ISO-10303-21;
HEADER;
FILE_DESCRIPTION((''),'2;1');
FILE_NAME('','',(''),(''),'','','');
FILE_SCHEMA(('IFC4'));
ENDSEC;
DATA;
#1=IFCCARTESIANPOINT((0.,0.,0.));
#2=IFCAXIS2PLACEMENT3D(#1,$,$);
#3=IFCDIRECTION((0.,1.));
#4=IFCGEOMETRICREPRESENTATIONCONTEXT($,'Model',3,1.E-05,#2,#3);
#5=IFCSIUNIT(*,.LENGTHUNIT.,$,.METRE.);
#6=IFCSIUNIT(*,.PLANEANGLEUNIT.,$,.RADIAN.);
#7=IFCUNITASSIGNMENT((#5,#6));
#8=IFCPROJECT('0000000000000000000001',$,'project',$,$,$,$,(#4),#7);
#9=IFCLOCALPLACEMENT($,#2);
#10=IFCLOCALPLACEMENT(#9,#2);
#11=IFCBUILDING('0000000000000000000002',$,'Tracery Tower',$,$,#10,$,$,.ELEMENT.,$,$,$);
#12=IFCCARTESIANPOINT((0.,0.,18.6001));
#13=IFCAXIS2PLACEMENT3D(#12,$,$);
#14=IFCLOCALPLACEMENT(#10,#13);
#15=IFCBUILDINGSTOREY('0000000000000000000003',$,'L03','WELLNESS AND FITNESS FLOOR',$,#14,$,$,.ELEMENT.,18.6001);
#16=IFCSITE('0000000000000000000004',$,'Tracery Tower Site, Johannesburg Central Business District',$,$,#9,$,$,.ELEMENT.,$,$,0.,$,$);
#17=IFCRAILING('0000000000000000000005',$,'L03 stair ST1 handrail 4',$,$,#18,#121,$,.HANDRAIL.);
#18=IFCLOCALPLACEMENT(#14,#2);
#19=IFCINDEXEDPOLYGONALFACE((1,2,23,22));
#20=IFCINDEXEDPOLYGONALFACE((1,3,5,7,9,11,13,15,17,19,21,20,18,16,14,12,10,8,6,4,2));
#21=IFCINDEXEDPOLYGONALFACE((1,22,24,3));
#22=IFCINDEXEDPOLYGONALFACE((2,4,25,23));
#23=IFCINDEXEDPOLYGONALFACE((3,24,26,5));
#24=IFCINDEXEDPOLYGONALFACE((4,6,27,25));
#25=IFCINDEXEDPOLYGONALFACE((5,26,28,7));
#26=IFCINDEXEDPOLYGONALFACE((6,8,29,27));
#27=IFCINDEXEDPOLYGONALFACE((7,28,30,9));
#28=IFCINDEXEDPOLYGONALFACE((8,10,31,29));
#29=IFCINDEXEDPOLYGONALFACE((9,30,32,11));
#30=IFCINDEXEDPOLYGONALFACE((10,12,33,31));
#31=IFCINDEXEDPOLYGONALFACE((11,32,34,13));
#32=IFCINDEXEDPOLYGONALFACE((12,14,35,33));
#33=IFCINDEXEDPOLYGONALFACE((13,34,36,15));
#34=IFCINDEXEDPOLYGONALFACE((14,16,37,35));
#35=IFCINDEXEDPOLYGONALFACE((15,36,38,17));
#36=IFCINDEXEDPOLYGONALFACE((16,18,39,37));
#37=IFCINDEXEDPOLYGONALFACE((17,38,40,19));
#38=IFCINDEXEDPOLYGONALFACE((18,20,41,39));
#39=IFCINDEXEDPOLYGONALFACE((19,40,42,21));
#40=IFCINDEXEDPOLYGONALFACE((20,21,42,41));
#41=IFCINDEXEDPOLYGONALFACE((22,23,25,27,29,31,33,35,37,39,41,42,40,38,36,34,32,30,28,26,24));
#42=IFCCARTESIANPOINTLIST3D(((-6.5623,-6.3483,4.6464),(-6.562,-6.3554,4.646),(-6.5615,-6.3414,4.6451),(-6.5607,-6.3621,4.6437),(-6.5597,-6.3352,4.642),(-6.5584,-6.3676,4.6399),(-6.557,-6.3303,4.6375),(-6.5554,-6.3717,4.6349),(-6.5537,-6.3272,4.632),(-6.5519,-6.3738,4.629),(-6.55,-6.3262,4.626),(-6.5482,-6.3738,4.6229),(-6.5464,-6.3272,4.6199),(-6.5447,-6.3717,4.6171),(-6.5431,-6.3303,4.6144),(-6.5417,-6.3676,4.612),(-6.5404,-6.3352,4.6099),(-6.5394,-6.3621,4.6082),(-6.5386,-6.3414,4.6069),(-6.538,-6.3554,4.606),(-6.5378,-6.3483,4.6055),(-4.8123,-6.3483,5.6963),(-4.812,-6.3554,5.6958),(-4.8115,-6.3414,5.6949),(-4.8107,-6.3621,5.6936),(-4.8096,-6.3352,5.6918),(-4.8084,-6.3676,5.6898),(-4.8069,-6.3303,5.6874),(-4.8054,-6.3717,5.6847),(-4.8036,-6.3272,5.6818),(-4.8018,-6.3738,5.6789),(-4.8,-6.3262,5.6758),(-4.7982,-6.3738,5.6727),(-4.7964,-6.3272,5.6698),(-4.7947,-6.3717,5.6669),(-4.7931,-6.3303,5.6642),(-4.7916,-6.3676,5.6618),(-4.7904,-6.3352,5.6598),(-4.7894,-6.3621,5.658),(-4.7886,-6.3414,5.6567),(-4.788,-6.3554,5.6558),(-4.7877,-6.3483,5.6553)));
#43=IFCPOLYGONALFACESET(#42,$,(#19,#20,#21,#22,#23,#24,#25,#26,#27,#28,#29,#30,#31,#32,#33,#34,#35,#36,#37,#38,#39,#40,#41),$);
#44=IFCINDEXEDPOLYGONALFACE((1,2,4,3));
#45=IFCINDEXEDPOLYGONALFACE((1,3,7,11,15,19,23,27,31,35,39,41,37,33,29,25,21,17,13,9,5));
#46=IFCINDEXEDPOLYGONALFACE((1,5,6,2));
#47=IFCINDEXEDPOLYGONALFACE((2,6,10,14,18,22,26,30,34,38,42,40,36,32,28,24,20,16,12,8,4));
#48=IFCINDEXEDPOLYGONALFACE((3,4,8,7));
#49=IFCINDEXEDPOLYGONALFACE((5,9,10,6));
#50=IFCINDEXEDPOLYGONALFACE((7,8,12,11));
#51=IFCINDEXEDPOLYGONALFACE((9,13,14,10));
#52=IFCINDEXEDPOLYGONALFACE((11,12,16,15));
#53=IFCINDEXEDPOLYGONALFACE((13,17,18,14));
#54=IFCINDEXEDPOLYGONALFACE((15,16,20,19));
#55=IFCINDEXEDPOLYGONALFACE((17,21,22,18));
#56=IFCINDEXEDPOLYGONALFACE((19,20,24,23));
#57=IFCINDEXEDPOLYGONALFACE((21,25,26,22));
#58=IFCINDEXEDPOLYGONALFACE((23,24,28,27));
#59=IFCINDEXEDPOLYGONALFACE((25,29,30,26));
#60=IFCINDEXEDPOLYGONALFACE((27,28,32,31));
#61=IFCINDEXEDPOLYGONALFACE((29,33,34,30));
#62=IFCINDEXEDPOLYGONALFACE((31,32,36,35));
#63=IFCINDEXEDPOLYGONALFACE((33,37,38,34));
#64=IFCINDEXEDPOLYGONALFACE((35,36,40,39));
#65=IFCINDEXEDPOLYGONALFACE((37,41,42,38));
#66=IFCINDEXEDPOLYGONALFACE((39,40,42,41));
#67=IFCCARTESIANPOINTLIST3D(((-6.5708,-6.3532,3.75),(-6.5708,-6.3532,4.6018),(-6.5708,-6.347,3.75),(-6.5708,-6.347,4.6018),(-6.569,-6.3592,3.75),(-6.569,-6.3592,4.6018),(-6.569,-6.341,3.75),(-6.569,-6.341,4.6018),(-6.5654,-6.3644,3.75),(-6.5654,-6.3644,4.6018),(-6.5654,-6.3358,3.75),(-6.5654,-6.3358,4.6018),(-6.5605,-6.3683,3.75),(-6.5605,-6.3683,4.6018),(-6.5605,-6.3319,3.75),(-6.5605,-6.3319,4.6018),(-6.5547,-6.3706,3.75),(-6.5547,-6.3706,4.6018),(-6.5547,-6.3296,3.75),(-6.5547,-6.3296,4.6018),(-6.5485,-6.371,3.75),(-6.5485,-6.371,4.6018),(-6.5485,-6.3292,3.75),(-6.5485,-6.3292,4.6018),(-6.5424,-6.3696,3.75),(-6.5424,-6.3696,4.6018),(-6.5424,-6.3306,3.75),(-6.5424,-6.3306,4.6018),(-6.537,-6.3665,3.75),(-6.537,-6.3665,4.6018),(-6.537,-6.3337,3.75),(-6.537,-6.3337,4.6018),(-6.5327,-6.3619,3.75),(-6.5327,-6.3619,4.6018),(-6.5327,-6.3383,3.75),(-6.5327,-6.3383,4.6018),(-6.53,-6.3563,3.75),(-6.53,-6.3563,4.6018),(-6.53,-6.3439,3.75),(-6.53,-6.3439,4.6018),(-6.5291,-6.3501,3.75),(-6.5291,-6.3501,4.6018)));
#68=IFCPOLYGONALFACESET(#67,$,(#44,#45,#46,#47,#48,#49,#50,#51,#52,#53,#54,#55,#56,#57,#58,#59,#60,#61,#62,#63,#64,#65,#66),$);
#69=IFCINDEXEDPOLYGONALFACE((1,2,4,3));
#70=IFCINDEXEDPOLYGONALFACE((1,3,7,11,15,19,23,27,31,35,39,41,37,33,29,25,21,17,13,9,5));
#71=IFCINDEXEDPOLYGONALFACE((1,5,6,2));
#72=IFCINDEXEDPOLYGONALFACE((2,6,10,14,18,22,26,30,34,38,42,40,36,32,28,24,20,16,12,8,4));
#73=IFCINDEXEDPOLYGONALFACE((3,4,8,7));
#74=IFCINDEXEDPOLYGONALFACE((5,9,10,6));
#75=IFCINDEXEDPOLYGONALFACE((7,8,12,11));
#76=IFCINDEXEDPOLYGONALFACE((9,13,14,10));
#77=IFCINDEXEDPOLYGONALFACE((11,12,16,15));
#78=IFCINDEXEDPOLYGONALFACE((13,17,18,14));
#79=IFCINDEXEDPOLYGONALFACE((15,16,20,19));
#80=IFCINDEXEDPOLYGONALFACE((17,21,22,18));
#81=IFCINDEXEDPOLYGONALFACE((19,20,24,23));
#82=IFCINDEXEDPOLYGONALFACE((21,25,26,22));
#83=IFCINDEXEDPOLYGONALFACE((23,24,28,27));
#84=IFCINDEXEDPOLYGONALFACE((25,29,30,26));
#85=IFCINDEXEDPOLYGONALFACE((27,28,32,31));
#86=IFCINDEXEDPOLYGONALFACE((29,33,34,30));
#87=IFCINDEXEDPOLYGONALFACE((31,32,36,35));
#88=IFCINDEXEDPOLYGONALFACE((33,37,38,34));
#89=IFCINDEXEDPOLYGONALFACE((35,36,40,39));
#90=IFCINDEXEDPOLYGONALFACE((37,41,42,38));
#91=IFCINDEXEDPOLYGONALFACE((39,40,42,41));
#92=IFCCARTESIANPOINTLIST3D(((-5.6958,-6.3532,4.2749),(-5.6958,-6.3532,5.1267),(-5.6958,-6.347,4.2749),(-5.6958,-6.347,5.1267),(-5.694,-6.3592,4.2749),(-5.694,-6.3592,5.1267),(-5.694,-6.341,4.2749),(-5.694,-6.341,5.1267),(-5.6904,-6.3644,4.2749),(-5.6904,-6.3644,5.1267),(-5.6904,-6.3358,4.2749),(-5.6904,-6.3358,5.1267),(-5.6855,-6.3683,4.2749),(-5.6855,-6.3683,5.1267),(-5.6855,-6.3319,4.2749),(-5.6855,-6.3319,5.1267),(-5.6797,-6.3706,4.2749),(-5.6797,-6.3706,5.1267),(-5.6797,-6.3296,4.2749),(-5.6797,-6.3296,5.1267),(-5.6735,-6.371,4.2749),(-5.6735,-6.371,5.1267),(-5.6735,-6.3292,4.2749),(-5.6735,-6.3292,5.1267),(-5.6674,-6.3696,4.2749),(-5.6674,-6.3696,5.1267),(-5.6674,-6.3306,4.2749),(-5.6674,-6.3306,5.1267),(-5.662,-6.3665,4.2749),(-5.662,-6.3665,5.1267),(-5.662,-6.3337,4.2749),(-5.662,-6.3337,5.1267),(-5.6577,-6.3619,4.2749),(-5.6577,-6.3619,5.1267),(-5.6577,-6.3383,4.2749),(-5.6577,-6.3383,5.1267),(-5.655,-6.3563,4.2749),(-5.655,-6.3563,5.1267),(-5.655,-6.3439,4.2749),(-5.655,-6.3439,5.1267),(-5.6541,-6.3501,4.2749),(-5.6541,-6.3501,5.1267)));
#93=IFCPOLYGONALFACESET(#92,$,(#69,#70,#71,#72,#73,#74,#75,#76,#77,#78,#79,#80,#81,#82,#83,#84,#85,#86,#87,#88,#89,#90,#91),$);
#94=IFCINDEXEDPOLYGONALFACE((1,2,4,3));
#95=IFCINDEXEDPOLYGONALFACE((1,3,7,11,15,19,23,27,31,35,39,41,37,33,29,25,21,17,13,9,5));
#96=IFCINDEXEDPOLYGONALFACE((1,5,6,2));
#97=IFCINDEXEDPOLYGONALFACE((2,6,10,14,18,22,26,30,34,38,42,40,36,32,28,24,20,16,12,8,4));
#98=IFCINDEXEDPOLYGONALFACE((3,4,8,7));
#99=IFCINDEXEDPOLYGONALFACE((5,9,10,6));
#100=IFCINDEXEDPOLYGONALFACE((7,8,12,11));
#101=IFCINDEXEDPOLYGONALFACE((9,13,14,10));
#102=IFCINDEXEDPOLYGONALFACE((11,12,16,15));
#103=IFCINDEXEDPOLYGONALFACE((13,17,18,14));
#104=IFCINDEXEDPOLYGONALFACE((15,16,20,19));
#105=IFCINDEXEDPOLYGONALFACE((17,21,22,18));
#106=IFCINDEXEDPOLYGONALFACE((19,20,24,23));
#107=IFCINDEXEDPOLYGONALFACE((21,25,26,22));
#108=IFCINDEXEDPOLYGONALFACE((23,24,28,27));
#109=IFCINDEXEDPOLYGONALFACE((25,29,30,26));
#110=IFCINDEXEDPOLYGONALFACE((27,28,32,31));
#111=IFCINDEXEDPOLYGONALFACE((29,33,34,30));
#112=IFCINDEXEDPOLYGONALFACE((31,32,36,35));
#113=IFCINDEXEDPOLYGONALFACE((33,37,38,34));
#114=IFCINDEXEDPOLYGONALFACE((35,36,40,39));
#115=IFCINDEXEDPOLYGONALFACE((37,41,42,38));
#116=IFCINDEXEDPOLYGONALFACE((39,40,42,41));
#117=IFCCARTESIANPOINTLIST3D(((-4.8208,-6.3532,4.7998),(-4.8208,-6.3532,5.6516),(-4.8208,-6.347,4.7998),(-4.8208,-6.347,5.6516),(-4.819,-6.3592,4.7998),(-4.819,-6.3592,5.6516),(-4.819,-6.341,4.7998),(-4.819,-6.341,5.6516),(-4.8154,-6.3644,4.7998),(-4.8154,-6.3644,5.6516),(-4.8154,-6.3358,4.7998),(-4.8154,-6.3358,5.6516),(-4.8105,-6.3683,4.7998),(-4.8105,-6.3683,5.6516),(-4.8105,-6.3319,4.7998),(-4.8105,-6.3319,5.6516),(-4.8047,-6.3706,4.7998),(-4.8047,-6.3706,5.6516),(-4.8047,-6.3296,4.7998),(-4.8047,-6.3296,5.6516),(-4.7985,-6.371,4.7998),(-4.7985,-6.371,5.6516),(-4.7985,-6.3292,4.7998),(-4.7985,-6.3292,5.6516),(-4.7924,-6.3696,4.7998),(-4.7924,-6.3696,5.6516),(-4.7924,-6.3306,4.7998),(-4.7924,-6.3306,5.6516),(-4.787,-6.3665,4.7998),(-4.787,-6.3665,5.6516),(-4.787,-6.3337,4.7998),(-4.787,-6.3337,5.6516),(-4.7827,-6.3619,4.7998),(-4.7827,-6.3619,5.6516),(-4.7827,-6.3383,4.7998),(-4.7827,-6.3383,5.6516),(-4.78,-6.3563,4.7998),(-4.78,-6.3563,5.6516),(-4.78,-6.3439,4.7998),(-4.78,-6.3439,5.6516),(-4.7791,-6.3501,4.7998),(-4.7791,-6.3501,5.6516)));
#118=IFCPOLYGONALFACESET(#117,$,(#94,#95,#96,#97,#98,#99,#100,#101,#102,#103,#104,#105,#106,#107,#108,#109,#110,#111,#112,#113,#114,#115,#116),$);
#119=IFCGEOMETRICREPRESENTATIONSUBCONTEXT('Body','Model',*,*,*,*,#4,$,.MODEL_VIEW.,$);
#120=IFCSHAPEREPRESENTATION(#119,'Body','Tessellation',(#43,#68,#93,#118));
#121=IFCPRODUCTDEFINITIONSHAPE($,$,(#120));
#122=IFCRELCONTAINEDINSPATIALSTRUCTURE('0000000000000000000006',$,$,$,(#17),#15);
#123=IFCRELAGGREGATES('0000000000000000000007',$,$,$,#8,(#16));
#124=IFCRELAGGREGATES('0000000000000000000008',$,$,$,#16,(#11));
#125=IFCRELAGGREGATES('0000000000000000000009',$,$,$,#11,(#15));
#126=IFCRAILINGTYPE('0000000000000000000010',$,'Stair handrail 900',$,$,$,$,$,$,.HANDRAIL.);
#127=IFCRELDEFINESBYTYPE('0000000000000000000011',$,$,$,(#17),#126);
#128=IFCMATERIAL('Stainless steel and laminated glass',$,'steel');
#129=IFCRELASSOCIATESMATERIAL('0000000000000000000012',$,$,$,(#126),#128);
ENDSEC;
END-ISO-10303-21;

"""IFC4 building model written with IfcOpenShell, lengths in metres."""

from ifc_helpers import new_model, si_unit, direction, frame, origin, origin_2d, place, context, subcontext, project, spatial, circle, extrude, material, type_object, element, save


model = new_model("IFC4")

# Units and contexts
model_context = context("Model", 3, precision=1e-05, world=origin(), true_north=direction((0.0, 1.0)))
body_context = subcontext(model_context, "Body", "Model", "MODEL_VIEW")
ifc_project = project(units=[si_unit("LENGTHUNIT", "METRE"), si_unit("PLANEANGLEUNIT", "RADIAN")], contexts=[model_context])

# Site, building, storey
site_placement = place(None, origin())
site = spatial("IfcSite", under=ifc_project, at=site_placement, Name="Tracery Tower Site, Johannesburg Central Business District", CompositionType="ELEMENT", RefElevation=0.0)
building_placement = place(site_placement, origin())
building = spatial("IfcBuilding", under=site, at=building_placement, Name="Tracery Tower", CompositionType="ELEMENT")
storey_placement = place(building_placement, frame((0.0, 0.0, 18.6001)))
storey = spatial("IfcBuildingStorey", under=building, at=storey_placement, Name="L03", Description="WELLNESS AND FITNESS FLOOR", CompositionType="ELEMENT", Elevation=18.6001)

# Railing
ifc_material_1 = material(Name="Stainless steel and laminated glass", Category="steel")
railing_type_1 = type_object("IfcRailingType", Name="Stair handrail 900", PredefinedType="HANDRAIL", material=ifc_material_1)
railing_1_placement = place(storey_placement, frame((-6.55, -6.3501, 3.75)))
element("IfcRailing", 1, at=railing_1_placement, inside=storey, type_object=railing_type_1, Name="L03 stair ST1 handrail 4", PredefinedType="HANDRAIL", context=body_context, shape_type="SweptSolid", body=[
    extrude(circle(Radius=0.0239, at=origin_2d()), frame((0.0, 0.0, 0.876), z_axis=(0.857535, 0.0, 0.514425), x_axis=(0.0, 1.0, 0.0)), (0.0, 0.0, 1.0), 2.0408),
    extrude(circle(Radius=0.021, at=origin_2d()), origin(), (0.0, 0.0, 1.0), 0.8518),
    extrude(circle(Radius=0.021, at=origin_2d()), frame((0.875, 0.0, 0.5249)), (0.0, 0.0, 1.0), 0.8518),
    extrude(circle(Radius=0.021, at=origin_2d()), frame((1.75, 0.0, 1.0498)), (0.0, 0.0, 1.0), 0.8518),
])

save(model, "model.ifc")
